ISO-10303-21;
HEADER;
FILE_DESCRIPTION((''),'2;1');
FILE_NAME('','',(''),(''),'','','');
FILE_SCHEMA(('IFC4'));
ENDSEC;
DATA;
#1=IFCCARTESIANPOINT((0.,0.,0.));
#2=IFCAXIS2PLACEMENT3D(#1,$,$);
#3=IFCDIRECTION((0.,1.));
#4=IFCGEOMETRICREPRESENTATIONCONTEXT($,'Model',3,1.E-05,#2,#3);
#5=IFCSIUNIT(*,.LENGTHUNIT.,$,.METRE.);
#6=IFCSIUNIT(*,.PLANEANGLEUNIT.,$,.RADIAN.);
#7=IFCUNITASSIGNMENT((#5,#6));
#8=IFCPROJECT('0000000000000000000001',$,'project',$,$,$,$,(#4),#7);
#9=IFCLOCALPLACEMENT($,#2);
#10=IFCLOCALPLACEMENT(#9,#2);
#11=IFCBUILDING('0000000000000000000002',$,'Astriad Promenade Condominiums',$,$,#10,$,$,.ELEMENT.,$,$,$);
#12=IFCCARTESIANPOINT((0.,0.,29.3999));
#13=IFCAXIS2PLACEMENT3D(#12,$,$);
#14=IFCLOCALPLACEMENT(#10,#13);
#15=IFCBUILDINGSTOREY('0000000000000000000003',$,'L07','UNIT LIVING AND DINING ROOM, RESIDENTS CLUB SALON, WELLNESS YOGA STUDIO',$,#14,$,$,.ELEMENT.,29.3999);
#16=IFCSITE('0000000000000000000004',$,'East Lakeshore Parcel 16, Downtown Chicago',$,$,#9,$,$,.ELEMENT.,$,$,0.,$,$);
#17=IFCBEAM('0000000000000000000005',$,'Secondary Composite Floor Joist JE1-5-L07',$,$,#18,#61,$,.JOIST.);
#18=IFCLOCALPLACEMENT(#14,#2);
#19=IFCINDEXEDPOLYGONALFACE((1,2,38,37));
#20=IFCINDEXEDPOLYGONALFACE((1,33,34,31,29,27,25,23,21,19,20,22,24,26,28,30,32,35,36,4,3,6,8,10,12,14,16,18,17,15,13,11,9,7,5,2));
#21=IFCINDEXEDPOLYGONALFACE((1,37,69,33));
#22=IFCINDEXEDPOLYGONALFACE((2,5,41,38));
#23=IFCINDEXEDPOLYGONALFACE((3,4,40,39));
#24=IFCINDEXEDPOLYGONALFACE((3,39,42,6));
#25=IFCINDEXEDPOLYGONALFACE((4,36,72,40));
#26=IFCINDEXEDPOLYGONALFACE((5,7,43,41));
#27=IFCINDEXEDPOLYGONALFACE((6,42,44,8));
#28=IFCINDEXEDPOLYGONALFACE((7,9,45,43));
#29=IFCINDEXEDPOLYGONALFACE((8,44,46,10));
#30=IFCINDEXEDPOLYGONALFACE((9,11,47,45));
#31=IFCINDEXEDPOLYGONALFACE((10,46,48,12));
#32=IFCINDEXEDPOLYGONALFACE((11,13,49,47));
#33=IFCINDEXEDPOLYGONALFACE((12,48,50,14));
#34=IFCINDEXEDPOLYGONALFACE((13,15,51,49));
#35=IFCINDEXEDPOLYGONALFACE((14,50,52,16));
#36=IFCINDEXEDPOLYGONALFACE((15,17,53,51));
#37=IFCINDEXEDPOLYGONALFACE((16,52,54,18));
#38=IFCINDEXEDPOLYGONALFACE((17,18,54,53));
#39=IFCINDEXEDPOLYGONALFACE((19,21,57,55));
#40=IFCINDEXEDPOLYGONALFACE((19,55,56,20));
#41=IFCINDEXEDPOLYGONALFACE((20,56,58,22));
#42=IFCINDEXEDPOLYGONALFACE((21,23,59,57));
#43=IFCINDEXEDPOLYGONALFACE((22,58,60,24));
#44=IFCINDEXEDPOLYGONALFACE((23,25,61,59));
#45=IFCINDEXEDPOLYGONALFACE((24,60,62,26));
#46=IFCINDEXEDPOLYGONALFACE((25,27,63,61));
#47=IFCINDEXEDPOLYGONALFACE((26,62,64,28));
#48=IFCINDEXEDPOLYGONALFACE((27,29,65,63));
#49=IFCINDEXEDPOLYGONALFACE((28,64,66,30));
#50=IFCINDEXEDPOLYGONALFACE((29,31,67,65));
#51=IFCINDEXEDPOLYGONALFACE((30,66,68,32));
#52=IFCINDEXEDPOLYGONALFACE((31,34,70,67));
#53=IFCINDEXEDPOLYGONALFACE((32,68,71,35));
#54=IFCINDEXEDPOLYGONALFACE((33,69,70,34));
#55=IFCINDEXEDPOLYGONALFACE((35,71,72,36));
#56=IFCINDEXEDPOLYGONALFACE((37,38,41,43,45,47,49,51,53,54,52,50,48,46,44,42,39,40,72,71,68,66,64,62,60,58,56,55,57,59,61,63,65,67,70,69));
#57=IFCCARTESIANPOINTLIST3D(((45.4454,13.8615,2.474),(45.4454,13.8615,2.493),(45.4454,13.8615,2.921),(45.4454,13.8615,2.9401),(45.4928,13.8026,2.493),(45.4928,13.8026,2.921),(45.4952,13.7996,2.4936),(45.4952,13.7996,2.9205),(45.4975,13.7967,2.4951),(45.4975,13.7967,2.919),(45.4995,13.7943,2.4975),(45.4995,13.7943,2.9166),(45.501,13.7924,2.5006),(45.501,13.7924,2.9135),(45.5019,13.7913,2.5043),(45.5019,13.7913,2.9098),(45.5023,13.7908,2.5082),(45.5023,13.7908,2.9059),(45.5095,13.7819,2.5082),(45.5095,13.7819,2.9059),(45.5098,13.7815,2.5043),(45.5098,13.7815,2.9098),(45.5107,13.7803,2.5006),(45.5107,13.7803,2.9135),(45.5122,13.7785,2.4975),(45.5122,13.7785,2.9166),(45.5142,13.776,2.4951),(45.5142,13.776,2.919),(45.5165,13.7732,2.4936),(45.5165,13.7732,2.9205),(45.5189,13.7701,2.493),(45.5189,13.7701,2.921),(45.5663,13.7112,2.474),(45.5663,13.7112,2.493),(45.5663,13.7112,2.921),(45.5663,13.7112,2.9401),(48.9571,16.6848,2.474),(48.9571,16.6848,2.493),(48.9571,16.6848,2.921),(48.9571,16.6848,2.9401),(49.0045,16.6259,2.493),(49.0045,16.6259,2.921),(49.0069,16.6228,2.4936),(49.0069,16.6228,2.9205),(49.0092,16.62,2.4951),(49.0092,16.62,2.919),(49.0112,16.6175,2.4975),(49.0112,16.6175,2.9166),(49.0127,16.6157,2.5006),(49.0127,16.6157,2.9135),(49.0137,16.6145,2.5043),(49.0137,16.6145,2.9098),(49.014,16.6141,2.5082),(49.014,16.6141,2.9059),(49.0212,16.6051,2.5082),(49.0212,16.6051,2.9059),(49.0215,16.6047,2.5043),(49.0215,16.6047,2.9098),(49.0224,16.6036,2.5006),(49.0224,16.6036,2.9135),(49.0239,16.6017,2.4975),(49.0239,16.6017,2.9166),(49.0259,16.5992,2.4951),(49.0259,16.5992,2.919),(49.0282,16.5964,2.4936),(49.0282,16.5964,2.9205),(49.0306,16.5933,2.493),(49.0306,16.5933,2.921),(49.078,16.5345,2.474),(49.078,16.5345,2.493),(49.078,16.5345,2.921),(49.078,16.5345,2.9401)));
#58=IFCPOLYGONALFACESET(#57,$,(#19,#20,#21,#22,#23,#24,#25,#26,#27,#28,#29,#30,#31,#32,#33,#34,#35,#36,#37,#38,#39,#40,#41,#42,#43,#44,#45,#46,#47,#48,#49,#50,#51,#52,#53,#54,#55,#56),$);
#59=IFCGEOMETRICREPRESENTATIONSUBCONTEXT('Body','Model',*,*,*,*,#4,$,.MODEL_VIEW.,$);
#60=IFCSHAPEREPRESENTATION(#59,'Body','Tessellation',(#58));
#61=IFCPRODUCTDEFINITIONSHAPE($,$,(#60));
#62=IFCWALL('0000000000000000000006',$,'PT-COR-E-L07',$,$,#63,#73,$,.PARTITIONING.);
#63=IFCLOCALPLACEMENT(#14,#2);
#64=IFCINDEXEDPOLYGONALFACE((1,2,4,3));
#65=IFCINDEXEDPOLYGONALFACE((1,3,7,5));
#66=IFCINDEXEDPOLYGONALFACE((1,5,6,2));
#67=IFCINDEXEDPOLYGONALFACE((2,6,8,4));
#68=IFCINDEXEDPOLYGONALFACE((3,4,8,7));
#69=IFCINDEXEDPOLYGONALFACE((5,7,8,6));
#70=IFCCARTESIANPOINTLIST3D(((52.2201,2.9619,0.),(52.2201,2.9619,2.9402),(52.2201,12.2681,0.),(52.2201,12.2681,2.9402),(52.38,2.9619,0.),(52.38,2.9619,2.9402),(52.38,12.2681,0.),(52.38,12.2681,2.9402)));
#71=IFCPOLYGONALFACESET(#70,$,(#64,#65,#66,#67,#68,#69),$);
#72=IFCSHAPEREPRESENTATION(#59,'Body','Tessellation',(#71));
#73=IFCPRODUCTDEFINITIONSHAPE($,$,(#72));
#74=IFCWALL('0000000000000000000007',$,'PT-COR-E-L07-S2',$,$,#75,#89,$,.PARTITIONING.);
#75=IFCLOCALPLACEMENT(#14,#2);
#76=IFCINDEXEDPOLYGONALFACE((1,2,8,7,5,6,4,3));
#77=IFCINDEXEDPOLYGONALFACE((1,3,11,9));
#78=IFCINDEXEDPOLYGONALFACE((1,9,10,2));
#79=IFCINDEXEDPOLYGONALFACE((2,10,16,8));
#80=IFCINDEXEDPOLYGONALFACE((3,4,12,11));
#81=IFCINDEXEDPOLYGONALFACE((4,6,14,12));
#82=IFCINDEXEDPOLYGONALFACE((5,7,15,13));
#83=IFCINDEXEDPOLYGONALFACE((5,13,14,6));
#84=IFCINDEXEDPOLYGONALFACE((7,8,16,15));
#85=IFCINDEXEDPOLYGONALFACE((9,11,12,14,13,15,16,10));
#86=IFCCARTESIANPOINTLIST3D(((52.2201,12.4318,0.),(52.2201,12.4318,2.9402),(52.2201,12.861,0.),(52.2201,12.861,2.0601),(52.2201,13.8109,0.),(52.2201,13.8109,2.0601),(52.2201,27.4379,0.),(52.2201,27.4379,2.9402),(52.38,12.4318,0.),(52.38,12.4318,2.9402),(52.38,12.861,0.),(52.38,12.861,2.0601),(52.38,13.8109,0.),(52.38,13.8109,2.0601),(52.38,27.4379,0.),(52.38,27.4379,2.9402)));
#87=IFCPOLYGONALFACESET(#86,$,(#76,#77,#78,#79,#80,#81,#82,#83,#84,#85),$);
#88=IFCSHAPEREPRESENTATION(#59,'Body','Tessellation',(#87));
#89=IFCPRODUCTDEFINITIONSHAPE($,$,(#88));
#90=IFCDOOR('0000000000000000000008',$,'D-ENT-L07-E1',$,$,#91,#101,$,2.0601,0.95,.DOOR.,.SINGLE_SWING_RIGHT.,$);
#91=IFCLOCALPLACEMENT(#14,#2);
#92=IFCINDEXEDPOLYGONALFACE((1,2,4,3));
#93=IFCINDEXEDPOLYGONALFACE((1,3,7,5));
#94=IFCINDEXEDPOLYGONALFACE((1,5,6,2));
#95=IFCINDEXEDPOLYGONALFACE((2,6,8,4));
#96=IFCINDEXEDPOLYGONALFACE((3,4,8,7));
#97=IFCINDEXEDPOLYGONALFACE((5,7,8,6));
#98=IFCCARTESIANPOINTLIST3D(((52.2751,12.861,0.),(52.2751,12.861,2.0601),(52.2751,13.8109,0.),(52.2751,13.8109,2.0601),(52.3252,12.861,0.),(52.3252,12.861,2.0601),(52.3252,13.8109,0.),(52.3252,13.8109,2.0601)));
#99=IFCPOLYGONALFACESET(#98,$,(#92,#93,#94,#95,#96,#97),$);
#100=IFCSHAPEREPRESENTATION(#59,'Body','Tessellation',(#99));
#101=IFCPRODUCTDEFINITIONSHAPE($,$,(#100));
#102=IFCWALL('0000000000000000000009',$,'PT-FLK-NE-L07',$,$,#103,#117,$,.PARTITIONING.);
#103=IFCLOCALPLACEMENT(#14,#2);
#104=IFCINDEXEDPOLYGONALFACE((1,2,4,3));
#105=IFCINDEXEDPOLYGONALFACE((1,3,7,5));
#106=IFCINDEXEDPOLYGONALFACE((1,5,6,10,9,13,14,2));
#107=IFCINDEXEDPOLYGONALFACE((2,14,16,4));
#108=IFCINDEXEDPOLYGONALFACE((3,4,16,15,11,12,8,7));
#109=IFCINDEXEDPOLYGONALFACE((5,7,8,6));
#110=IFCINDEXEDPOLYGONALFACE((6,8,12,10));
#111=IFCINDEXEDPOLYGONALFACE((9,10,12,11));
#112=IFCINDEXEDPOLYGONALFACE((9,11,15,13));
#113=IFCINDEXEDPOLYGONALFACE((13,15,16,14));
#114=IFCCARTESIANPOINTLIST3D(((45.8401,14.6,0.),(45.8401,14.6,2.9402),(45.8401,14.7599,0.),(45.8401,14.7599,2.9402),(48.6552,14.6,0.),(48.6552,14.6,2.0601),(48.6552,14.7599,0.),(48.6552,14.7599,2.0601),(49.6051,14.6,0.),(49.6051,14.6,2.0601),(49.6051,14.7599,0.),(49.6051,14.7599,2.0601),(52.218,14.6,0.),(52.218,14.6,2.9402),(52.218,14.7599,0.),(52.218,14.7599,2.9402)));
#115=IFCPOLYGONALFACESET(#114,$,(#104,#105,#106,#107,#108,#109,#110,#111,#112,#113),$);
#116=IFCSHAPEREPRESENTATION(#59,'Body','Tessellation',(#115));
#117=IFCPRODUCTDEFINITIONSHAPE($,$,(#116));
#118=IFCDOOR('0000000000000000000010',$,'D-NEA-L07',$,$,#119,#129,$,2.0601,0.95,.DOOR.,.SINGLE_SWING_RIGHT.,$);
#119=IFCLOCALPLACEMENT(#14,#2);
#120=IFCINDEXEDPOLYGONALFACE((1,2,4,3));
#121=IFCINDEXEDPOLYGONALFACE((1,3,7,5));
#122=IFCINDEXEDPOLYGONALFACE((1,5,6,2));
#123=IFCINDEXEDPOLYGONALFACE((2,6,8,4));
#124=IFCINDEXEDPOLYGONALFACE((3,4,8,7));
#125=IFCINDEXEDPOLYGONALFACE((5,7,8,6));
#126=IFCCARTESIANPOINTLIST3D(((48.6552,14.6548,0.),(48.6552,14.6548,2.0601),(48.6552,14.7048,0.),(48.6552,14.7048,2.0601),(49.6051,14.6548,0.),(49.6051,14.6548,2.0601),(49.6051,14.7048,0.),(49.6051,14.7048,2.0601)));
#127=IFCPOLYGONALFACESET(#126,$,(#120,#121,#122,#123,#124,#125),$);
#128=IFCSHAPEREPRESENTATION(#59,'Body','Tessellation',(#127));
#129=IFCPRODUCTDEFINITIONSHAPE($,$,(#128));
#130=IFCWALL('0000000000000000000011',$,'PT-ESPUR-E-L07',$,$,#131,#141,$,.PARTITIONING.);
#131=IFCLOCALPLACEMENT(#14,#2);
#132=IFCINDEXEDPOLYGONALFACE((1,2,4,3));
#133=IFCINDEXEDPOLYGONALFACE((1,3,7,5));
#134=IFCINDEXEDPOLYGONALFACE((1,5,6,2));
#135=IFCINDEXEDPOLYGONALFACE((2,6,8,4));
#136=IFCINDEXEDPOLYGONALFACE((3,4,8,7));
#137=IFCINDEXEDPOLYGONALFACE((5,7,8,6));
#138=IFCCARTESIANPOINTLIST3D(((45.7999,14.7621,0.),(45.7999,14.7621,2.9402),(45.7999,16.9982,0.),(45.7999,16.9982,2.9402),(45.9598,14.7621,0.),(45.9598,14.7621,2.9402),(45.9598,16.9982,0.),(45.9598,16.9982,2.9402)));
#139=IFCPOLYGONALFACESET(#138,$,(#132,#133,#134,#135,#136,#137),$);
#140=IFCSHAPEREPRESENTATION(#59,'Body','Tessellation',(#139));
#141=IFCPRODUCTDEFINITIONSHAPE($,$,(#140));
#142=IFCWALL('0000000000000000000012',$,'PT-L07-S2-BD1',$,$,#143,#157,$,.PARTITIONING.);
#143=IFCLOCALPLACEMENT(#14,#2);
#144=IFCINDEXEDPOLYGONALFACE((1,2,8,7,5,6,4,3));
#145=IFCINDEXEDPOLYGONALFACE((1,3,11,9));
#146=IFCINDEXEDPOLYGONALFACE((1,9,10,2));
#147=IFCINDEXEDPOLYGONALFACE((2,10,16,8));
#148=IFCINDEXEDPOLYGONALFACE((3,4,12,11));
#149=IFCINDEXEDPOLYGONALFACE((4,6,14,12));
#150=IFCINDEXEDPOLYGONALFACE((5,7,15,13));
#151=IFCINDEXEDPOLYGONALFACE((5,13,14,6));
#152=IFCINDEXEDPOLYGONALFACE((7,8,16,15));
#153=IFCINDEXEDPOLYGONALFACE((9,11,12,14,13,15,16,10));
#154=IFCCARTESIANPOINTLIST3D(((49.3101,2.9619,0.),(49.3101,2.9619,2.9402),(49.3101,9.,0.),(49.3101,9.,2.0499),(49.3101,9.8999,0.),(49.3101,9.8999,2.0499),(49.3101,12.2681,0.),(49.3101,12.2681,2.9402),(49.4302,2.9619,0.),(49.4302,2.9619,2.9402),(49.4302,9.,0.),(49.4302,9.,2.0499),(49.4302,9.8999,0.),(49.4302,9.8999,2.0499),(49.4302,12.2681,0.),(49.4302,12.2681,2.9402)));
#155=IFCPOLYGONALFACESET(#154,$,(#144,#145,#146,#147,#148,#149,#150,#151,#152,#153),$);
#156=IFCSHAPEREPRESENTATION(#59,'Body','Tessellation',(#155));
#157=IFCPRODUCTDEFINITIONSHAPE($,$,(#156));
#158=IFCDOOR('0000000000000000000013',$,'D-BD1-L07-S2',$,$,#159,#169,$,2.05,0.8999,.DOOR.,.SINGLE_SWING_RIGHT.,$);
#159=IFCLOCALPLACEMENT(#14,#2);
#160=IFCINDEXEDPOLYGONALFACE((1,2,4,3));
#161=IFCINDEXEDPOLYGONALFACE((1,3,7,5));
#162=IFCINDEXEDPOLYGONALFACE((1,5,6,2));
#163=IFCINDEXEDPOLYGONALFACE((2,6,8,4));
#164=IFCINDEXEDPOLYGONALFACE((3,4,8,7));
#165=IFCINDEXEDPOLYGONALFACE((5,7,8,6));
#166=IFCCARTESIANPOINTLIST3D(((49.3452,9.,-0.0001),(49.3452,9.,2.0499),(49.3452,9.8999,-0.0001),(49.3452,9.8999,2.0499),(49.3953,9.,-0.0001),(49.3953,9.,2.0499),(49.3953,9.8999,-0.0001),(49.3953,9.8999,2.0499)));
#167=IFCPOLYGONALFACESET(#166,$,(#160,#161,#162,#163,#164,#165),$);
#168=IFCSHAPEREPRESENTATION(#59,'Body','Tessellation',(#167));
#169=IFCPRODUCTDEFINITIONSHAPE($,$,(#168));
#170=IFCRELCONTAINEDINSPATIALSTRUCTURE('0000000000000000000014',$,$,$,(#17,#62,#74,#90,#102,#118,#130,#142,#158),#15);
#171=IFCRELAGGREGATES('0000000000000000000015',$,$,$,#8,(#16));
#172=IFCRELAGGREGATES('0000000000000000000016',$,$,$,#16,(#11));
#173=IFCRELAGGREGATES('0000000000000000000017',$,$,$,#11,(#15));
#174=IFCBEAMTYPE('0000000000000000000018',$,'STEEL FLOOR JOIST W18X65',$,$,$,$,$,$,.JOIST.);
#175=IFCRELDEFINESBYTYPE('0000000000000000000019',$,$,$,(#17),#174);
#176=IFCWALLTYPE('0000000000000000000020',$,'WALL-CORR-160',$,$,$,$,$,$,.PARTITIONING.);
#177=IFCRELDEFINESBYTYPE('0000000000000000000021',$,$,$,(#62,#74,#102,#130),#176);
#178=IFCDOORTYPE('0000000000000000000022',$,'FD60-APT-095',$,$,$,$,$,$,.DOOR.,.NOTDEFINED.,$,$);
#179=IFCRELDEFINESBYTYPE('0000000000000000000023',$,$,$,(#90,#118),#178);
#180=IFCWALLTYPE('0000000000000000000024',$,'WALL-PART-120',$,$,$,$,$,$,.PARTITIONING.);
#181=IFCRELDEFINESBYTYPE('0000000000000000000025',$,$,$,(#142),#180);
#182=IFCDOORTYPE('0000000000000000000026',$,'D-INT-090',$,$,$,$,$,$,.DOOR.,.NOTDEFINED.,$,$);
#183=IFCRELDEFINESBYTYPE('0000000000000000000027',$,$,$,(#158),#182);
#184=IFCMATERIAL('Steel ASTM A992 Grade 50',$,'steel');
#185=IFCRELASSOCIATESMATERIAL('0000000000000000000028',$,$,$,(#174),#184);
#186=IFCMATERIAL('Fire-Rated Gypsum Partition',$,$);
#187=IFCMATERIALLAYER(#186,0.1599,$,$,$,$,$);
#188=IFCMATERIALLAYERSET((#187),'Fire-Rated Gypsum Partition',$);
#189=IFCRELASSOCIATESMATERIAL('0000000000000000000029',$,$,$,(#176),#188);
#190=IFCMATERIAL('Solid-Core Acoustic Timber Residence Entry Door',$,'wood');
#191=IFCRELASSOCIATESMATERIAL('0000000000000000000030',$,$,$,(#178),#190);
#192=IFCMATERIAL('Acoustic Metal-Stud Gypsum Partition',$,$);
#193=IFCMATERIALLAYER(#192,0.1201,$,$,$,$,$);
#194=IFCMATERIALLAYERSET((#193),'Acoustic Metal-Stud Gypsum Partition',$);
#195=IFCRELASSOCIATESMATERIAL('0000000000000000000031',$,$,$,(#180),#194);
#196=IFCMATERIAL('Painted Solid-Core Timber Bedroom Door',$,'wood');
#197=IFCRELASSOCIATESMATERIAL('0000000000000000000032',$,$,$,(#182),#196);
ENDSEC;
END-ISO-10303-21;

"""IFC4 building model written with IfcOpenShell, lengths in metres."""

from ifc_helpers import new_model, si_unit, direction, frame, frame_2d, origin, origin_2d, place, context, subcontext, project, spatial, rectangle, i_section, extrude, source, transform, mapped, material, layer, layer_set, material_profile, profile_set, type_object, type_shapes, element, fill, save


model = new_model("IFC4")

# Units and contexts
model_context = context("Model", 3, precision=1e-05, world=origin(), true_north=direction((0.0, 1.0)))
body_context = subcontext(model_context, "Body", "Model", "MODEL_VIEW")
ifc_project = project(units=[si_unit("LENGTHUNIT", "METRE"), si_unit("PLANEANGLEUNIT", "RADIAN")], contexts=[model_context])

# Site, building, storey
site_placement = place(None, origin())
site = spatial("IfcSite", under=ifc_project, at=site_placement, Name="East Lakeshore Parcel 16, Downtown Chicago", CompositionType="ELEMENT", RefElevation=0.0)
building_placement = place(site_placement, origin())
building = spatial("IfcBuilding", under=site, at=building_placement, Name="Astriad Promenade Condominiums", CompositionType="ELEMENT")
storey_placement = place(building_placement, frame((0.0, 0.0, 29.3999)))
storey = spatial("IfcBuildingStorey", under=building, at=storey_placement, Name="L07", Description="UNIT LIVING AND DINING ROOM, RESIDENTS CLUB SALON, WELLNESS YOGA STUDIO", CompositionType="ELEMENT", Elevation=29.3999)

# Beam
ifc_material_1 = material(Name="Steel ASTM A992 Grade 50", Category="steel")
ifc_material_profile_1 = material_profile(ifc_material_1, i_section(OverallWidth=0.1929, OverallDepth=0.4661, WebThickness=0.0115, FlangeThickness=0.019, FilletRadius=0.0151, at=origin_2d()), Name="W18X65")
ifc_profile_set_1 = profile_set([ifc_material_profile_1], Name="Steel ASTM A992 Grade 50")
beam_type_1 = type_object("IfcBeamType", Name="STEEL FLOOR JOIST W18X65", PredefinedType="JOIST", material=ifc_profile_set_1)
shared_shape_1 = source(origin(), body_context, "Body", "SweptSolid", [
    extrude(i_section(OverallWidth=0.1929, OverallDepth=0.4661, WebThickness=0.0115, FlangeThickness=0.019, FilletRadius=0.0151, at=origin_2d()), origin(), (0.0, 0.0, 1.0), 4.5059),
])
beam_1_placement = place(storey_placement, frame((45.5059, 13.7864, 2.707), z_axis=(0.779365, 0.62657, 0.0), x_axis=(-0.62657, 0.779365, 0.0)))
element("IfcBeam", 1, at=beam_1_placement, inside=storey, type_object=beam_type_1, Name="Secondary Composite Floor Joist JE1-5-L07", PredefinedType="JOIST", context=body_context, shape_type="MappedRepresentation", body=[
    mapped(shared_shape_1, transform((0.0, 0.0, 0.0), scale=1.0)),
])

# Wall
ifc_material_2 = material(Name="Fire-Rated Gypsum Partition")
ifc_layer_1 = layer(ifc_material_2, 0.1599)
ifc_layer_set_1 = layer_set([ifc_layer_1], Name="Fire-Rated Gypsum Partition")
wall_type_1 = type_object("IfcWallType", Name="WALL-CORR-160", PredefinedType="PARTITIONING", material=ifc_layer_set_1)
wall_1_placement = place(storey_placement, frame((52.3, 2.9619, 0.0), z_axis=(0.0, 0.0, 1.0), x_axis=(0.0, 1.0, 0.0)))
element("IfcWall", 2, at=wall_1_placement, inside=storey, type_object=wall_type_1, Name="PT-COR-E-L07", PredefinedType="PARTITIONING", context=body_context, shape_type="SweptSolid", body=[
    extrude(rectangle(XDim=9.3062, YDim=0.1599, at=frame_2d((4.6531, 0.0))), origin(), (0.0, 0.0, 1.0), 2.9402),
])

# Walls, openings, doors
wall_2_placement = place(storey_placement, frame((52.3, 12.4319, 0.0), z_axis=(0.0, 0.0, 1.0), x_axis=(0.0, 1.0, 0.0)))
wall_2 = element("IfcWall", 3, at=wall_2_placement, inside=storey, type_object=wall_type_1, Name="PT-COR-E-L07-S2", PredefinedType="PARTITIONING", context=body_context, shape_type="SweptSolid", body=[
    extrude(rectangle(XDim=15.0061, YDim=0.1599, at=frame_2d((7.5029, 0.0))), origin(), (0.0, 0.0, 1.0), 2.9402),
])
opening_1_placement = place(wall_2_placement, frame((0.429, 0.0, 0.0)))
opening_1 = element("IfcOpeningElement", 4, at=opening_1_placement, cuts=wall_2, PredefinedType="OPENING", context=body_context, shape_type="SweptSolid", body=[
    extrude(rectangle(XDim=0.95, YDim=2.0601, at=frame_2d((0.4751, 1.03))), frame((0.0, 0.0898, 0.0), z_axis=(0.0, -1.0, 0.0), x_axis=(1.0, 0.0, 0.0)), (0.0, 0.0, 1.0), 0.1799),
])
ifc_material_3 = material(Name="Solid-Core Acoustic Timber Residence Entry Door", Category="wood")
door_type_1 = type_object("IfcDoorType", Name="FD60-APT-095", OperationType="NOTDEFINED", PredefinedType="DOOR", material=ifc_material_3)
shared_shape_2 = source(origin(), body_context, "Body", "SweptSolid", [
    extrude(rectangle(XDim=0.95, YDim=2.0601, at=frame_2d((0.4751, 1.03))), frame((0.0, 0.0249, 0.0), z_axis=(0.0, -1.0, 0.0), x_axis=(1.0, 0.0, 0.0)), (0.0, 0.0, 1.0), 0.05),
])
type_shapes(door_type_1, [shared_shape_2])
door_1_placement = place(opening_1_placement, origin())
door_1 = element("IfcDoor", 5, at=door_1_placement, inside=storey, type_object=door_type_1, Name="D-ENT-L07-E1", OperationType="SINGLE_SWING_RIGHT", OverallHeight=2.0601, OverallWidth=0.95, PredefinedType="DOOR", context=body_context, shape_type="MappedRepresentation", body=[
    mapped(shared_shape_2, transform((0.0, 0.0, 0.0), scale=1.0)),
])
fill(opening_1, door_1)
wall_3_placement = place(storey_placement, frame((45.8401, 14.6799, 0.0), z_axis=(0.0, 0.0, 1.0), x_axis=(1.0, 0.0, 0.0)))
wall_3 = element("IfcWall", 6, at=wall_3_placement, inside=storey, type_object=wall_type_1, Name="PT-FLK-NE-L07", PredefinedType="PARTITIONING", context=body_context, shape_type="SweptSolid", body=[
    extrude(rectangle(XDim=6.3779, YDim=0.1599, at=frame_2d((3.189, 0.0))), origin(), (0.0, 0.0, 1.0), 2.9402),
])
opening_2_placement = place(wall_3_placement, frame((2.8149, 0.0, 0.0)))
opening_2 = element("IfcOpeningElement", 7, at=opening_2_placement, cuts=wall_3, PredefinedType="OPENING", context=body_context, shape_type="SweptSolid", body=[
    extrude(rectangle(XDim=0.95, YDim=2.0601, at=frame_2d((0.4751, 1.03))), frame((0.0, 0.0898, 0.0), z_axis=(0.0, -1.0, 0.0), x_axis=(1.0, 0.0, 0.0)), (0.0, 0.0, 1.0), 0.1799),
])
door_2_placement = place(opening_2_placement, origin())
door_2 = element("IfcDoor", 8, at=door_2_placement, inside=storey, type_object=door_type_1, Name="D-NEA-L07", OperationType="SINGLE_SWING_RIGHT", OverallHeight=2.0601, OverallWidth=0.95, PredefinedType="DOOR", context=body_context, shape_type="MappedRepresentation", body=[
    mapped(shared_shape_2, transform((0.0, 0.0, 0.0), scale=1.0)),
])
fill(opening_2, door_2)

# Wall
wall_4_placement = place(storey_placement, frame((45.8799, 14.762, 0.0), z_axis=(0.0, 0.0, 1.0), x_axis=(0.0, 1.0, 0.0)))
element("IfcWall", 9, at=wall_4_placement, inside=storey, type_object=wall_type_1, Name="PT-ESPUR-E-L07", PredefinedType="PARTITIONING", context=body_context, shape_type="SweptSolid", body=[
    extrude(rectangle(XDim=2.2361, YDim=0.1599, at=frame_2d((1.1182, 0.0))), origin(), (0.0, 0.0, 1.0), 2.9402),
])

# Wall, opening, door
ifc_material_4 = material(Name="Acoustic Metal-Stud Gypsum Partition")
ifc_layer_2 = layer(ifc_material_4, 0.1201)
ifc_layer_set_2 = layer_set([ifc_layer_2], Name="Acoustic Metal-Stud Gypsum Partition")
wall_type_2 = type_object("IfcWallType", Name="WALL-PART-120", PredefinedType="PARTITIONING", material=ifc_layer_set_2)
wall_5_placement = place(storey_placement, frame((49.3701, 2.9619, 0.0), z_axis=(0.0, 0.0, 1.0), x_axis=(0.0, 1.0, 0.0)))
wall_5 = element("IfcWall", 10, at=wall_5_placement, inside=storey, type_object=wall_type_2, Name="PT-L07-S2-BD1", PredefinedType="PARTITIONING", context=body_context, shape_type="SweptSolid", body=[
    extrude(rectangle(XDim=9.3062, YDim=0.1201, at=frame_2d((4.6531, 0.0))), origin(), (0.0, 0.0, 1.0), 2.9402),
])
opening_3_placement = place(wall_5_placement, frame((6.0381, 0.0, 0.0)))
opening_3 = element("IfcOpeningElement", 11, at=opening_3_placement, cuts=wall_5, PredefinedType="OPENING", context=body_context, shape_type="SweptSolid", body=[
    extrude(rectangle(XDim=0.8999, YDim=2.05, at=frame_2d((0.45, 1.0249))), frame((0.0, 0.0701, 0.0), z_axis=(0.0, -1.0, 0.0), x_axis=(1.0, 0.0, 0.0)), (0.0, 0.0, 1.0), 0.1401),
])
ifc_material_5 = material(Name="Painted Solid-Core Timber Bedroom Door", Category="wood")
door_type_2 = type_object("IfcDoorType", Name="D-INT-090", OperationType="NOTDEFINED", PredefinedType="DOOR", material=ifc_material_5)
shared_shape_3 = source(origin(), body_context, "Body", "SweptSolid", [
    extrude(rectangle(XDim=0.8999, YDim=2.05, at=frame_2d((0.45, 1.0249))), frame((0.0, 0.0249, 0.0), z_axis=(0.0, -1.0, 0.0), x_axis=(1.0, 0.0, 0.0)), (0.0, 0.0, 1.0), 0.05),
])
type_shapes(door_type_2, [shared_shape_3])
door_3_placement = place(opening_3_placement, origin())
door_3 = element("IfcDoor", 12, at=door_3_placement, inside=storey, type_object=door_type_2, Name="D-BD1-L07-S2", OperationType="SINGLE_SWING_RIGHT", OverallHeight=2.05, OverallWidth=0.8999, PredefinedType="DOOR", context=body_context, shape_type="MappedRepresentation", body=[
    mapped(shared_shape_3, transform((0.0, 0.0, 0.0), scale=1.0)),
])
fill(opening_3, door_3)

save(model, "model.ifc")
